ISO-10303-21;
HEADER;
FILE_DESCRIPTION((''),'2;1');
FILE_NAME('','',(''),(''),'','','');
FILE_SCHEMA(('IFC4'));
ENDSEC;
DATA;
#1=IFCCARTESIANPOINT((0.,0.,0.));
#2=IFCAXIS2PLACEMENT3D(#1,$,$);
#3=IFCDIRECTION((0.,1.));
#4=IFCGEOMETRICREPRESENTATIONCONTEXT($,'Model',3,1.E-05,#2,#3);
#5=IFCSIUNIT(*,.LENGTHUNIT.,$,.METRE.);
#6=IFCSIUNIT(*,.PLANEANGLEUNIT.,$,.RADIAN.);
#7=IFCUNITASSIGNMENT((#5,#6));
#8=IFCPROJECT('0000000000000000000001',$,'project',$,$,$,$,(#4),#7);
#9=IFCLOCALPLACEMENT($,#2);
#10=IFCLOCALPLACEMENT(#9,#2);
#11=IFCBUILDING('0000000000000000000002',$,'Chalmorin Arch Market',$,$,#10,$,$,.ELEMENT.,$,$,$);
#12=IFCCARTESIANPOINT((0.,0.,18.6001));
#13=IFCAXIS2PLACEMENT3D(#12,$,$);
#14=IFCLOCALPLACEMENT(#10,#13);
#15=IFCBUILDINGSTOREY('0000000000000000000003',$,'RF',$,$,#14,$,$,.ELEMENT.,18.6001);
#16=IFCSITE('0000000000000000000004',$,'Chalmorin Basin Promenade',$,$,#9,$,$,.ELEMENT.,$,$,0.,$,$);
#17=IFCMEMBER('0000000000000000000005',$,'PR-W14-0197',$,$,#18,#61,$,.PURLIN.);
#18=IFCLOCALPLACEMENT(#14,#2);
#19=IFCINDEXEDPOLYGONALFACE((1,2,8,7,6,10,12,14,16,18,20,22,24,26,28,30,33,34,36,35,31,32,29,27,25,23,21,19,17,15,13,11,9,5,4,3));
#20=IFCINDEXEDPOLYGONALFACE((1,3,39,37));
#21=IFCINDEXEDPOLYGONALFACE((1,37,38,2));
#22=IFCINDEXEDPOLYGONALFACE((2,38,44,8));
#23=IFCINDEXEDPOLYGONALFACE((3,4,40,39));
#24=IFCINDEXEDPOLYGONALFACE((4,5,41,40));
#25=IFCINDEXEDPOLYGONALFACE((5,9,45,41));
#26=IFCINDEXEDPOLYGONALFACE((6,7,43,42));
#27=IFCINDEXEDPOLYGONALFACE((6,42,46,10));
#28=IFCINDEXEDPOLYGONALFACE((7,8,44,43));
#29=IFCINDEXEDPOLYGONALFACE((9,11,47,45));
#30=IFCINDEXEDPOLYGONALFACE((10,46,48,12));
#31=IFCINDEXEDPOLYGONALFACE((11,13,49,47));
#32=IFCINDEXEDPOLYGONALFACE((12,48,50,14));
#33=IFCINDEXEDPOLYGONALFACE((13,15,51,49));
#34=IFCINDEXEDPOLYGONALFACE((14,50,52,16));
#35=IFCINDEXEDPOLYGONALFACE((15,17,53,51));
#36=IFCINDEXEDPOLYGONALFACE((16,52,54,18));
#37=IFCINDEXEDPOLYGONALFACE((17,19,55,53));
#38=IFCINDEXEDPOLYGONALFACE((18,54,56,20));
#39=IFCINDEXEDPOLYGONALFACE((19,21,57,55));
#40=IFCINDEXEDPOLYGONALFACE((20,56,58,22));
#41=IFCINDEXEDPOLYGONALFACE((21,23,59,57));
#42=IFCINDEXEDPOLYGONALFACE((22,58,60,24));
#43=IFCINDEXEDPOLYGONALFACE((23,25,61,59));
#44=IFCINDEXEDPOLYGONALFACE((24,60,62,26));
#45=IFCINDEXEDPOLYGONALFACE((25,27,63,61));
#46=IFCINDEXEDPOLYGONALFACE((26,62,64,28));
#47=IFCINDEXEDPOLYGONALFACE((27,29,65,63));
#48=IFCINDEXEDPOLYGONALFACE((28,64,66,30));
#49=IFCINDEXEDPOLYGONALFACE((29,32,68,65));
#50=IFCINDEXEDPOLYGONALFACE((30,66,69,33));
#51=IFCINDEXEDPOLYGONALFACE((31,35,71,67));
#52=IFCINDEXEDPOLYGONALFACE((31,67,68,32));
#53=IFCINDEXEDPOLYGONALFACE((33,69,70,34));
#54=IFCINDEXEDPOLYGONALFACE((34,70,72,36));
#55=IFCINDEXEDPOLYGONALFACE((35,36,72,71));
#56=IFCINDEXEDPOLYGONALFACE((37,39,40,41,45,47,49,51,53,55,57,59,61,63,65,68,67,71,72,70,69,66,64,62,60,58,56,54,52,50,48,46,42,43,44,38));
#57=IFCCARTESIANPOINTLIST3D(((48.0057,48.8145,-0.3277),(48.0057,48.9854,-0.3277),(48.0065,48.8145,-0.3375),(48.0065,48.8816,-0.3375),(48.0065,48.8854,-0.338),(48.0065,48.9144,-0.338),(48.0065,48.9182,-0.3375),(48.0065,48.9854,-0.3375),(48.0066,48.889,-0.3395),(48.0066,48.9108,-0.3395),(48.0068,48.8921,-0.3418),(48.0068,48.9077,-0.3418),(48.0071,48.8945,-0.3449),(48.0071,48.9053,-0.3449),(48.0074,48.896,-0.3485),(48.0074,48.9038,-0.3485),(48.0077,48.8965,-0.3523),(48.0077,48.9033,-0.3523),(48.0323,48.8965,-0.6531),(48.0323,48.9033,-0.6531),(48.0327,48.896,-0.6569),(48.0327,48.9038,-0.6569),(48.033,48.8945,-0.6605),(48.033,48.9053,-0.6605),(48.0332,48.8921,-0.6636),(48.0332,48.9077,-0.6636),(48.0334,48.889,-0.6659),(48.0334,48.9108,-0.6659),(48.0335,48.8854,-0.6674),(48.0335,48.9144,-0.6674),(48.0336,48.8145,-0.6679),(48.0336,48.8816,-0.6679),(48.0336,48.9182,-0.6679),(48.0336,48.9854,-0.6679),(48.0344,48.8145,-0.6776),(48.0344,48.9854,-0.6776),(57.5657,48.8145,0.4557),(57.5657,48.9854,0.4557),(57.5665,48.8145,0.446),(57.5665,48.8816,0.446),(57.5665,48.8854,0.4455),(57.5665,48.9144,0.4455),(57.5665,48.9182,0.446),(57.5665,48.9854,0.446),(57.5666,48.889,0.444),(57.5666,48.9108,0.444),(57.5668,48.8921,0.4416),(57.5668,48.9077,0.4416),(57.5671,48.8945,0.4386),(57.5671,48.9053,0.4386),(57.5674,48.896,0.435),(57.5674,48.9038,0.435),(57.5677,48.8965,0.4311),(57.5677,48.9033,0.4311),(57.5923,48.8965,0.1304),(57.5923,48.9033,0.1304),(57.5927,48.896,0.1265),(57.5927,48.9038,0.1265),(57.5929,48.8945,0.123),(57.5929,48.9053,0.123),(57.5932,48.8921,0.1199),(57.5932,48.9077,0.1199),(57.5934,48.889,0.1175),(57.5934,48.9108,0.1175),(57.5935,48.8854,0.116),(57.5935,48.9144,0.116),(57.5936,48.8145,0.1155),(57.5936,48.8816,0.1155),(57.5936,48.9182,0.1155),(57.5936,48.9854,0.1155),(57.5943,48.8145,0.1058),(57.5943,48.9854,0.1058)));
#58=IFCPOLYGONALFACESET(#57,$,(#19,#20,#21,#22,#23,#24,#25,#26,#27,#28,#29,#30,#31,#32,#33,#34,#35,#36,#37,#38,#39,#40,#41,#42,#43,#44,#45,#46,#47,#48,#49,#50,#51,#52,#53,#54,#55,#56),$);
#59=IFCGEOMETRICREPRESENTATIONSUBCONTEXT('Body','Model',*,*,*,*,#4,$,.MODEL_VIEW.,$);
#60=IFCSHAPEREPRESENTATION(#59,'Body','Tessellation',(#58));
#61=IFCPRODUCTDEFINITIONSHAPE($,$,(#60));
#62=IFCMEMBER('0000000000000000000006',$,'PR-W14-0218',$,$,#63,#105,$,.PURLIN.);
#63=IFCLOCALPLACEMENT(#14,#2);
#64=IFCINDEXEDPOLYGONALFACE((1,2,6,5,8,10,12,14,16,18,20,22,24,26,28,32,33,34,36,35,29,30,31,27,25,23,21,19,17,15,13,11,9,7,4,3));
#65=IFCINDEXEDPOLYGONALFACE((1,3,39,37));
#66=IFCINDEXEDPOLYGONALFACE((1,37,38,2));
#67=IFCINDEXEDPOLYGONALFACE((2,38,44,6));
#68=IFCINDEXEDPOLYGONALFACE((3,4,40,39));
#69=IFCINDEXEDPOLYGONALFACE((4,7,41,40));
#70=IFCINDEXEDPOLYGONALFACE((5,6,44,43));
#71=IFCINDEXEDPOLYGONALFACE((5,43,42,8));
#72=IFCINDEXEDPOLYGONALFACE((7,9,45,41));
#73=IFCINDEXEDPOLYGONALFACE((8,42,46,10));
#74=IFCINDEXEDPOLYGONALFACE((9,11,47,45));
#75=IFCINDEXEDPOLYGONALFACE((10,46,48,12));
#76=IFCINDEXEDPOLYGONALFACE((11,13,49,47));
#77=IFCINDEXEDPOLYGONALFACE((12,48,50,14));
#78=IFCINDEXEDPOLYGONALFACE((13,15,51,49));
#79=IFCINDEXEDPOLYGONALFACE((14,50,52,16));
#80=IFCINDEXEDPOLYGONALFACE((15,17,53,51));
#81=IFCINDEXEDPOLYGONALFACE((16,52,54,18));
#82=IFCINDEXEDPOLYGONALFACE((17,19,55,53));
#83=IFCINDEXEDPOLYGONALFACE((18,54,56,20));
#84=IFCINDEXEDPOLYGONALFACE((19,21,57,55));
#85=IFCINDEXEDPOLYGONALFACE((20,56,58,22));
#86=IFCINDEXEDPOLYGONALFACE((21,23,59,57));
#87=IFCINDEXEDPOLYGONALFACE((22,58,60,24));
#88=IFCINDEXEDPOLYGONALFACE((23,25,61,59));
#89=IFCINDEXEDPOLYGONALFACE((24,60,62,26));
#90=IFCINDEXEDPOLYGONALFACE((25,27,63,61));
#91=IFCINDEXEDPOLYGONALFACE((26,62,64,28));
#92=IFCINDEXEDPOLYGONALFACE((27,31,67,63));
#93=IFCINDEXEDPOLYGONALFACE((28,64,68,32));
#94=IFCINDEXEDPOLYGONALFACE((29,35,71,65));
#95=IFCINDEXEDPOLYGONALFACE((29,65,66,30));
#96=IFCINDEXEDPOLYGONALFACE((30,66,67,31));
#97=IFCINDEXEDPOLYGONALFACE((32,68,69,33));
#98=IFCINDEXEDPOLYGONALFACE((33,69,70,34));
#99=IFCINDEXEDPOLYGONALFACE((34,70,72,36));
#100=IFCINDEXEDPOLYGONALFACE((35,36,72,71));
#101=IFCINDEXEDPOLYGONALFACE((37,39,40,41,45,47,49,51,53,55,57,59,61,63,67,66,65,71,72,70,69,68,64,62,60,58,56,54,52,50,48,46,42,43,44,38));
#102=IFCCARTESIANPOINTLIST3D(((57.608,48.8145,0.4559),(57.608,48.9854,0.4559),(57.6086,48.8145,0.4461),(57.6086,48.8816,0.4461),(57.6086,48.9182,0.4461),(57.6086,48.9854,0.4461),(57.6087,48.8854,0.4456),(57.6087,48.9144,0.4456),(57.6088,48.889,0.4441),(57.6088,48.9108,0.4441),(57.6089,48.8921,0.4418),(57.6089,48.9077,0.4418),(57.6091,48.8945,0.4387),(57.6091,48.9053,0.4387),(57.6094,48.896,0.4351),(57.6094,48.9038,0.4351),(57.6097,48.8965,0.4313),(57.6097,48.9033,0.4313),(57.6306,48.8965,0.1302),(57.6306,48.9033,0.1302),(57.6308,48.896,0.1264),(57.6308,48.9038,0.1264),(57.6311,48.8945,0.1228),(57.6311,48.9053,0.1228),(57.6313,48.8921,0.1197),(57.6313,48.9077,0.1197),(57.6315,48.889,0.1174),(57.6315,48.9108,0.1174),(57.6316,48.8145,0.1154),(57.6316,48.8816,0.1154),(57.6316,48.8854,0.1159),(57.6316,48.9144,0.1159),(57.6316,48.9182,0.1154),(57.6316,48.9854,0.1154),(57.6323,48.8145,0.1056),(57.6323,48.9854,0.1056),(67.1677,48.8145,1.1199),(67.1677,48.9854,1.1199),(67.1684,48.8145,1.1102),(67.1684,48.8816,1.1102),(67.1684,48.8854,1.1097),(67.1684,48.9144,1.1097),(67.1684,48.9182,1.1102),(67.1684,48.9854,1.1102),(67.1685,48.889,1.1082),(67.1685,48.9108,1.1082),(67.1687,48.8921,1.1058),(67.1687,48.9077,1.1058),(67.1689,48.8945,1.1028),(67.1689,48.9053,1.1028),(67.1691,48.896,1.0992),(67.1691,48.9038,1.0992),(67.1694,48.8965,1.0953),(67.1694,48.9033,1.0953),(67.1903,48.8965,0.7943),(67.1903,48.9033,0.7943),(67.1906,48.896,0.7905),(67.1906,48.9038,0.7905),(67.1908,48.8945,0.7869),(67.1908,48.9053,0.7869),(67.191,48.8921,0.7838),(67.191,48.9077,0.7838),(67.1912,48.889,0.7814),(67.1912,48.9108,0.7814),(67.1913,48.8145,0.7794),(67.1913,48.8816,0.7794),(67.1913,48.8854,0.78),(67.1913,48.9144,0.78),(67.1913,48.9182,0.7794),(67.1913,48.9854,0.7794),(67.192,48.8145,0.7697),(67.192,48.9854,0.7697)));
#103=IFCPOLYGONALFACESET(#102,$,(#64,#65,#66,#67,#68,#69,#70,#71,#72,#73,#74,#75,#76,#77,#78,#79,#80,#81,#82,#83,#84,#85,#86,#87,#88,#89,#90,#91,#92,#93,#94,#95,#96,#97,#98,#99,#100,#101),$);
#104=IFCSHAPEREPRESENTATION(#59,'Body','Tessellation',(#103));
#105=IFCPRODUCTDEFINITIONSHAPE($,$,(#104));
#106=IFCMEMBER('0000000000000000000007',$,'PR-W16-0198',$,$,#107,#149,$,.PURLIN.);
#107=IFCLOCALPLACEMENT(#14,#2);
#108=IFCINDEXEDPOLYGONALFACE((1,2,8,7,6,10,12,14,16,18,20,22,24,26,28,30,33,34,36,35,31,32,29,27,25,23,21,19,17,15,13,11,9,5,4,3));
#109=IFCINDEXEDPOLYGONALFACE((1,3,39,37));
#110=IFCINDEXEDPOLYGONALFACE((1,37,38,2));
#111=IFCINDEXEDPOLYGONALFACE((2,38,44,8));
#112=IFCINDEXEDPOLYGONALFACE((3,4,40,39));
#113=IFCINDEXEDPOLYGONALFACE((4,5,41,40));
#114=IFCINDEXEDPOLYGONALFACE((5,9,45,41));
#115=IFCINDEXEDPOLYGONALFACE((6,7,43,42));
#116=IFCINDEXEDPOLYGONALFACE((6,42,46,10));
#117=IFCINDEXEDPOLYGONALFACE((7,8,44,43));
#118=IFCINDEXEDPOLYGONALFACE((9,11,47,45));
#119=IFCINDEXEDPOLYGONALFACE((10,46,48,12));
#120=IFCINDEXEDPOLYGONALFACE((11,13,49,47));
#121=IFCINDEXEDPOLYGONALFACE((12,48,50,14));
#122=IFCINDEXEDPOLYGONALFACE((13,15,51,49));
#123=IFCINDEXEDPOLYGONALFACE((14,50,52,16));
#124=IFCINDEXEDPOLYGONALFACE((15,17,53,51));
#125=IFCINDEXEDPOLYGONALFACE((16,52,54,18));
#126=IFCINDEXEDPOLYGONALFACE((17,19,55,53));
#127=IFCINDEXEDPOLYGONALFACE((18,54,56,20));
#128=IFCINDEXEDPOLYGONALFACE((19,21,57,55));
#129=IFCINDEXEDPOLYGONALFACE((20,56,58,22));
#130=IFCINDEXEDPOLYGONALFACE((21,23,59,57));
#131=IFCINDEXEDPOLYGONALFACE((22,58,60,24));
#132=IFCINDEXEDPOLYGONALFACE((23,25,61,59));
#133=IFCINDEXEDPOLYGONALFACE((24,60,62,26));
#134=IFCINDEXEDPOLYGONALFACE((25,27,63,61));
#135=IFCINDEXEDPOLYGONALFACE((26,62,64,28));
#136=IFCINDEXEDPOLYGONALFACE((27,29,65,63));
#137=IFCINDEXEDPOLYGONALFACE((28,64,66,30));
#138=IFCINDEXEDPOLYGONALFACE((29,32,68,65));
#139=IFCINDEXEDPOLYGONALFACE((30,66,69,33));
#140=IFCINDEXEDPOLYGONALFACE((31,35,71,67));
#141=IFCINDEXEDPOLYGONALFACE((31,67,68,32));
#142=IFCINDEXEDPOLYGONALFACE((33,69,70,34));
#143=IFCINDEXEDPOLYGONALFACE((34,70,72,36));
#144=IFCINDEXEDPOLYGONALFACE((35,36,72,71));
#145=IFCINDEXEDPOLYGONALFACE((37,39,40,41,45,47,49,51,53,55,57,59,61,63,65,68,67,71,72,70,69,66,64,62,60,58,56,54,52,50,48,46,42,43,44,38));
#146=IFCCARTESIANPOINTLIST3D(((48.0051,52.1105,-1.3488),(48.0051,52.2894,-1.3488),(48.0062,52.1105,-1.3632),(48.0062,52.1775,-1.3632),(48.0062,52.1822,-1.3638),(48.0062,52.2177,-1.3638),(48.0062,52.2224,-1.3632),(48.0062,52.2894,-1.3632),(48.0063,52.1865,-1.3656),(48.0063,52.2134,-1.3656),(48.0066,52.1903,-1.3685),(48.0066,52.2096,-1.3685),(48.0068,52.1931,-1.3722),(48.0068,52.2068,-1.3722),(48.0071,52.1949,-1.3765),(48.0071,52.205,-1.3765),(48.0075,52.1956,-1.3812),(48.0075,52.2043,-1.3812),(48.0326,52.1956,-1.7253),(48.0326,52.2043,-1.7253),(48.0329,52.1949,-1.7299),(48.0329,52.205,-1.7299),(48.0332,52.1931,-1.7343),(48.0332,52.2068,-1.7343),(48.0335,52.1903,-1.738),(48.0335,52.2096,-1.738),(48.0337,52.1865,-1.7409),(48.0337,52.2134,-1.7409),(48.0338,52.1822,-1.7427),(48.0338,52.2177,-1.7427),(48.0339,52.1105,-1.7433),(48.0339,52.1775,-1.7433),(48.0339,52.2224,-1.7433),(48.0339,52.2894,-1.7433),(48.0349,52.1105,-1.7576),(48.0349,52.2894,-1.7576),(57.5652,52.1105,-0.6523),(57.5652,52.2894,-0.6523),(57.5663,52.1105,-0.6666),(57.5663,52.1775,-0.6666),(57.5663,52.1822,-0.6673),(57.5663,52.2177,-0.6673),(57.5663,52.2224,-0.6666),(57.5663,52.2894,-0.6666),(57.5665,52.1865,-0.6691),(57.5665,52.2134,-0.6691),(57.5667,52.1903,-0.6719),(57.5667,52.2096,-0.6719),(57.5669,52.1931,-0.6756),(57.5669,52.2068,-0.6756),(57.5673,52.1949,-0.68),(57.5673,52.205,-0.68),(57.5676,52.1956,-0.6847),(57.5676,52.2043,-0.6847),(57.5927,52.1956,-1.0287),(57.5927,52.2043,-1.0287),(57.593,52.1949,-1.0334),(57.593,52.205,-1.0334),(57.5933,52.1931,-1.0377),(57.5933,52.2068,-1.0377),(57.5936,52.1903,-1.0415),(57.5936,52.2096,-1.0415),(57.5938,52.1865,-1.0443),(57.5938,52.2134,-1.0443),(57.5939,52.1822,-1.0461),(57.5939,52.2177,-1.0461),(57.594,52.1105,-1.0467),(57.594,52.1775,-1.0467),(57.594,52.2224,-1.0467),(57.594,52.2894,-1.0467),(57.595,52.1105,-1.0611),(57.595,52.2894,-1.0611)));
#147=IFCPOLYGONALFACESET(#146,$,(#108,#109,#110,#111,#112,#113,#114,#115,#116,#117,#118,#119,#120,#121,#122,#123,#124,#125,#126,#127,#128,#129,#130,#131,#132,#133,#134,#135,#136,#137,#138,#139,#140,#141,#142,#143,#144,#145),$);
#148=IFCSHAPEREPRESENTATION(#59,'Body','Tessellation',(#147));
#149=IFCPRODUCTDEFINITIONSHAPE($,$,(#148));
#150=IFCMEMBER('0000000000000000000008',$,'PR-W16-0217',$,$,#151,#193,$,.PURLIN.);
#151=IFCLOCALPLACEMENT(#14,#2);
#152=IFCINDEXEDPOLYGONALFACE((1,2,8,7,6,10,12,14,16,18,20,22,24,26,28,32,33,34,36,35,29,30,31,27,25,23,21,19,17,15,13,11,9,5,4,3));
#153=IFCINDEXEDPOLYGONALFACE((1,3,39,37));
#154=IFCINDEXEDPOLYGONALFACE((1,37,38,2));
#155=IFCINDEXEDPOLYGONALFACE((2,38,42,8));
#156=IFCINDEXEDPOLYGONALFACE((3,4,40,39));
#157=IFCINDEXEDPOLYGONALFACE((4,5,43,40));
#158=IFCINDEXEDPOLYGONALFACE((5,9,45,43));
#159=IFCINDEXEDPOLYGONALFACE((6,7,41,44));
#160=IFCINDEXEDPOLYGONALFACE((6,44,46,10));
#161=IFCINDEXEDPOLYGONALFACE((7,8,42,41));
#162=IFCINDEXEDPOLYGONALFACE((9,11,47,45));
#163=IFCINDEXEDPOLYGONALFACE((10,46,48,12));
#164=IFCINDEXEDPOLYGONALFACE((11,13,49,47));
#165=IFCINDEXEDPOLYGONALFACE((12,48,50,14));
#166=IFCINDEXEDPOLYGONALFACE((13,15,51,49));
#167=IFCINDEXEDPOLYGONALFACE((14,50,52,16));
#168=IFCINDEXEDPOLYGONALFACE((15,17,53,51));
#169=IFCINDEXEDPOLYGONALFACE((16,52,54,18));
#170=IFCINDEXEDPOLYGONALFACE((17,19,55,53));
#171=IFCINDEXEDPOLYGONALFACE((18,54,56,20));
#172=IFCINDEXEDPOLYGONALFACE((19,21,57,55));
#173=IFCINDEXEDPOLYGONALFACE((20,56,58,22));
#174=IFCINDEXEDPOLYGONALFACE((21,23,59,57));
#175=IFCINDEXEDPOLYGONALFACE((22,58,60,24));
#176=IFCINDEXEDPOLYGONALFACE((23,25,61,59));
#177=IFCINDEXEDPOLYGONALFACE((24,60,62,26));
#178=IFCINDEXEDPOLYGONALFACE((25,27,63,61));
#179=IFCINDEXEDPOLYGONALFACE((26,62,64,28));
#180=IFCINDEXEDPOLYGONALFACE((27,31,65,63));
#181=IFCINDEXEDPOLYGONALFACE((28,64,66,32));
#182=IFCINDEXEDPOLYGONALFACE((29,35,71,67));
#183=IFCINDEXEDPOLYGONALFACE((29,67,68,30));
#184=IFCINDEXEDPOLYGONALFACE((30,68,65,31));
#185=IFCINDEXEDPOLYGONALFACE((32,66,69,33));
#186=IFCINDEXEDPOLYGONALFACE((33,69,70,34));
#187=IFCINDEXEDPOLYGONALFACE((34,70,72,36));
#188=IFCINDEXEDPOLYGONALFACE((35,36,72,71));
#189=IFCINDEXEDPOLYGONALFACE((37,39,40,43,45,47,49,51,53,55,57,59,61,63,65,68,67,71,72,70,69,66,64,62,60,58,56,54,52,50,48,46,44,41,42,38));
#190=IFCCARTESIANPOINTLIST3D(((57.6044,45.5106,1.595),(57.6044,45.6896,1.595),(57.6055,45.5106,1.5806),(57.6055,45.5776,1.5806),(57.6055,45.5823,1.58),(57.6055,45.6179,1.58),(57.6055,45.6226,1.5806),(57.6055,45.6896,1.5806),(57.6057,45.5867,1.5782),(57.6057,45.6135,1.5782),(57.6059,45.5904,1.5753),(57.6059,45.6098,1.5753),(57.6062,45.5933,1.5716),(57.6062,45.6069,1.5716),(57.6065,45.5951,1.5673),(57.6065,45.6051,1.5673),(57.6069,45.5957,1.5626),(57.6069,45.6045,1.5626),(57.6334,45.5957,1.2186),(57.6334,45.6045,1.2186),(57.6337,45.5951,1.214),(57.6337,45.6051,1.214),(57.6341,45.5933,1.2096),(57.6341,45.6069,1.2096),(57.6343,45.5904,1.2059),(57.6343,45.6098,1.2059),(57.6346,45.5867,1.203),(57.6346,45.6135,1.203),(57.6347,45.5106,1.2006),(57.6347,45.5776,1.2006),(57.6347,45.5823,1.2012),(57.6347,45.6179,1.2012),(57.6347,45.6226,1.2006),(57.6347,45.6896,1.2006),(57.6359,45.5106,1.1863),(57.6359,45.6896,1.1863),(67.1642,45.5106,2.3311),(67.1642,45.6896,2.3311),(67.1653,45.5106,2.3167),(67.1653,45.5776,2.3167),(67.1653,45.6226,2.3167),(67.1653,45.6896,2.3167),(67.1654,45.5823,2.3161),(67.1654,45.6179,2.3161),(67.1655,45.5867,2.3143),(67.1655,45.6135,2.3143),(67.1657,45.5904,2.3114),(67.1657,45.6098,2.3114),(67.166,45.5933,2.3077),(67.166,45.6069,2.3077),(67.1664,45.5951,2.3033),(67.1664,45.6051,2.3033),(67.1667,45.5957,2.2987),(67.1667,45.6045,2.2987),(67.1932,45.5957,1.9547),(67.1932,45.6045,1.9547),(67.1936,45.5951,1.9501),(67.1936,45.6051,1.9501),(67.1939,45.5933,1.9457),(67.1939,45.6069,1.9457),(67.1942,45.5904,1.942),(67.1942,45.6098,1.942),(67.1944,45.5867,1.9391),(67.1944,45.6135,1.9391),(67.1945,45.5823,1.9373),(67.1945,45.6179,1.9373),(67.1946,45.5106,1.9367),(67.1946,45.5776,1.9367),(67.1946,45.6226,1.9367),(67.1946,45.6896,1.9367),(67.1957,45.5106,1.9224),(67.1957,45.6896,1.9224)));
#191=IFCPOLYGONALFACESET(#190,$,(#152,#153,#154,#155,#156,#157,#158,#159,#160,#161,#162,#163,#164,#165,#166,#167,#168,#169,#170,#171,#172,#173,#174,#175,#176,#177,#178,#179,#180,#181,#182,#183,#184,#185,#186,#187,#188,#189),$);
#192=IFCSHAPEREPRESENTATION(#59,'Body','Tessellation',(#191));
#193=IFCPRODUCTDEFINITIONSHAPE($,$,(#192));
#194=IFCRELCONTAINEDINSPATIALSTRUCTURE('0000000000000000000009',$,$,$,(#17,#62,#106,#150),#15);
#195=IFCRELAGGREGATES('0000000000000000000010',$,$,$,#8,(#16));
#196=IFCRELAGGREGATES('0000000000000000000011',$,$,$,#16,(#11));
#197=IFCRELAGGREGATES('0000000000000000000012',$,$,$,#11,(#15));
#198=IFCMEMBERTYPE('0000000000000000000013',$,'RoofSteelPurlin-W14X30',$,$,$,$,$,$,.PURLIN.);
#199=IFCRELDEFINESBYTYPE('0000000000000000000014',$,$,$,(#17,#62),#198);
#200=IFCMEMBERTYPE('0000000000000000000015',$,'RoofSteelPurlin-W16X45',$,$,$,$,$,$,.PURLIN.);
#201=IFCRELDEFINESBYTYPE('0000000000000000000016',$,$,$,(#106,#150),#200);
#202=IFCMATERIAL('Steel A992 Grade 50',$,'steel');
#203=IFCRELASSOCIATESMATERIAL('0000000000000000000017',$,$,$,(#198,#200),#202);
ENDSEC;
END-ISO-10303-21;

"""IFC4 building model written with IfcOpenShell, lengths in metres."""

from ifc_helpers import new_model, si_unit, direction, frame, origin, origin_2d, place, context, subcontext, project, spatial, i_section, extrude, material, material_profile, profile_set, type_object, element, save


model = new_model("IFC4")

# Units and contexts
model_context = context("Model", 3, precision=1e-05, world=origin(), true_north=direction((0.0, 1.0)))
body_context = subcontext(model_context, "Body", "Model", "MODEL_VIEW")
ifc_project = project(units=[si_unit("LENGTHUNIT", "METRE"), si_unit("PLANEANGLEUNIT", "RADIAN")], contexts=[model_context])

# Site, building, storey
site_placement = place(None, origin())
site = spatial("IfcSite", under=ifc_project, at=site_placement, Name="Chalmorin Basin Promenade", CompositionType="ELEMENT", RefElevation=0.0)
building_placement = place(site_placement, origin())
building = spatial("IfcBuilding", under=site, at=building_placement, Name="Chalmorin Arch Market", CompositionType="ELEMENT")
storey_placement = place(building_placement, frame((0.0, 0.0, 18.6001)))
storey = spatial("IfcBuildingStorey", under=building, at=storey_placement, Name="RF", CompositionType="ELEMENT", Elevation=18.6001)

# Members
ifc_material_1 = material(Name="Steel A992 Grade 50", Category="steel")
ifc_material_profile_1 = material_profile(ifc_material_1, i_section(OverallWidth=0.1709, OverallDepth=0.3511, WebThickness=0.0068, FlangeThickness=0.0098, FilletRadius=0.0149, at=origin_2d()), Name="W14X30")
ifc_profile_set_1 = profile_set([ifc_material_profile_1], Name="Steel A992 Grade 50")
member_type_1 = type_object("IfcMemberType", Name="RoofSteelPurlin-W14X30", PredefinedType="PURLIN", material=ifc_profile_set_1)
member_1_placement = place(storey_placement, frame((48.02, 48.8999, -0.5027), z_axis=(0.996659, 0.0, 0.081676), x_axis=(0.0, 1.0, 0.0)))
element("IfcMember", 1, at=member_1_placement, inside=storey, type_object=member_type_1, Name="PR-W14-0197", PredefinedType="PURLIN", context=body_context, shape_type="SweptSolid", body=[
    extrude(i_section(OverallWidth=0.1709, OverallDepth=0.3511, WebThickness=0.0068, FlangeThickness=0.0098, FilletRadius=0.0149, at=origin_2d()), origin(), (0.0, 0.0, 1.0), 9.592),
])
member_2_placement = place(storey_placement, frame((57.6201, 48.8999, 0.2808), z_axis=(0.997596, 0.0, 0.069297), x_axis=(0.0, 1.0, 0.0)))
element("IfcMember", 2, at=member_2_placement, inside=storey, type_object=member_type_1, Name="PR-W14-0218", PredefinedType="PURLIN", context=body_context, shape_type="SweptSolid", body=[
    extrude(i_section(OverallWidth=0.1709, OverallDepth=0.3511, WebThickness=0.0068, FlangeThickness=0.0098, FilletRadius=0.0149, at=origin_2d()), origin(), (0.0, 0.0, 1.0), 9.5828),
])
ifc_material_profile_2 = material_profile(ifc_material_1, i_section(OverallWidth=0.179, OverallDepth=0.4099, WebThickness=0.0088, FlangeThickness=0.0144, FilletRadius=0.0181, at=origin_2d()), Name="W16X45")
ifc_profile_set_2 = profile_set([ifc_material_profile_2], Name="Steel A992 Grade 50")
member_type_2 = type_object("IfcMemberType", Name="RoofSteelPurlin-W16X45", PredefinedType="PURLIN", material=ifc_profile_set_2)
member_3_placement = place(storey_placement, frame((48.02, 52.2, -1.5532), z_axis=(0.997356, 0.0, 0.072666), x_axis=(0.0, 1.0, 0.0)))
element("IfcMember", 3, at=member_3_placement, inside=storey, type_object=member_type_2, Name="PR-W16-0198", PredefinedType="PURLIN", context=body_context, shape_type="SweptSolid", body=[
    extrude(i_section(OverallWidth=0.179, OverallDepth=0.4099, WebThickness=0.0088, FlangeThickness=0.0144, FilletRadius=0.0181, at=origin_2d()), origin(), (0.0, 0.0, 1.0), 9.5854),
])
member_4_placement = place(storey_placement, frame((57.6201, 45.6001, 1.3906), z_axis=(0.997049, 0.0, 0.07677), x_axis=(0.0, 1.0, 0.0)))
element("IfcMember", 4, at=member_4_placement, inside=storey, type_object=member_type_2, Name="PR-W16-0217", PredefinedType="PURLIN", context=body_context, shape_type="SweptSolid", body=[
    extrude(i_section(OverallWidth=0.179, OverallDepth=0.4099, WebThickness=0.0088, FlangeThickness=0.0144, FilletRadius=0.0181, at=origin_2d()), origin(), (0.0, 0.0, 1.0), 9.5881),
])

save(model, "model.ifc")
